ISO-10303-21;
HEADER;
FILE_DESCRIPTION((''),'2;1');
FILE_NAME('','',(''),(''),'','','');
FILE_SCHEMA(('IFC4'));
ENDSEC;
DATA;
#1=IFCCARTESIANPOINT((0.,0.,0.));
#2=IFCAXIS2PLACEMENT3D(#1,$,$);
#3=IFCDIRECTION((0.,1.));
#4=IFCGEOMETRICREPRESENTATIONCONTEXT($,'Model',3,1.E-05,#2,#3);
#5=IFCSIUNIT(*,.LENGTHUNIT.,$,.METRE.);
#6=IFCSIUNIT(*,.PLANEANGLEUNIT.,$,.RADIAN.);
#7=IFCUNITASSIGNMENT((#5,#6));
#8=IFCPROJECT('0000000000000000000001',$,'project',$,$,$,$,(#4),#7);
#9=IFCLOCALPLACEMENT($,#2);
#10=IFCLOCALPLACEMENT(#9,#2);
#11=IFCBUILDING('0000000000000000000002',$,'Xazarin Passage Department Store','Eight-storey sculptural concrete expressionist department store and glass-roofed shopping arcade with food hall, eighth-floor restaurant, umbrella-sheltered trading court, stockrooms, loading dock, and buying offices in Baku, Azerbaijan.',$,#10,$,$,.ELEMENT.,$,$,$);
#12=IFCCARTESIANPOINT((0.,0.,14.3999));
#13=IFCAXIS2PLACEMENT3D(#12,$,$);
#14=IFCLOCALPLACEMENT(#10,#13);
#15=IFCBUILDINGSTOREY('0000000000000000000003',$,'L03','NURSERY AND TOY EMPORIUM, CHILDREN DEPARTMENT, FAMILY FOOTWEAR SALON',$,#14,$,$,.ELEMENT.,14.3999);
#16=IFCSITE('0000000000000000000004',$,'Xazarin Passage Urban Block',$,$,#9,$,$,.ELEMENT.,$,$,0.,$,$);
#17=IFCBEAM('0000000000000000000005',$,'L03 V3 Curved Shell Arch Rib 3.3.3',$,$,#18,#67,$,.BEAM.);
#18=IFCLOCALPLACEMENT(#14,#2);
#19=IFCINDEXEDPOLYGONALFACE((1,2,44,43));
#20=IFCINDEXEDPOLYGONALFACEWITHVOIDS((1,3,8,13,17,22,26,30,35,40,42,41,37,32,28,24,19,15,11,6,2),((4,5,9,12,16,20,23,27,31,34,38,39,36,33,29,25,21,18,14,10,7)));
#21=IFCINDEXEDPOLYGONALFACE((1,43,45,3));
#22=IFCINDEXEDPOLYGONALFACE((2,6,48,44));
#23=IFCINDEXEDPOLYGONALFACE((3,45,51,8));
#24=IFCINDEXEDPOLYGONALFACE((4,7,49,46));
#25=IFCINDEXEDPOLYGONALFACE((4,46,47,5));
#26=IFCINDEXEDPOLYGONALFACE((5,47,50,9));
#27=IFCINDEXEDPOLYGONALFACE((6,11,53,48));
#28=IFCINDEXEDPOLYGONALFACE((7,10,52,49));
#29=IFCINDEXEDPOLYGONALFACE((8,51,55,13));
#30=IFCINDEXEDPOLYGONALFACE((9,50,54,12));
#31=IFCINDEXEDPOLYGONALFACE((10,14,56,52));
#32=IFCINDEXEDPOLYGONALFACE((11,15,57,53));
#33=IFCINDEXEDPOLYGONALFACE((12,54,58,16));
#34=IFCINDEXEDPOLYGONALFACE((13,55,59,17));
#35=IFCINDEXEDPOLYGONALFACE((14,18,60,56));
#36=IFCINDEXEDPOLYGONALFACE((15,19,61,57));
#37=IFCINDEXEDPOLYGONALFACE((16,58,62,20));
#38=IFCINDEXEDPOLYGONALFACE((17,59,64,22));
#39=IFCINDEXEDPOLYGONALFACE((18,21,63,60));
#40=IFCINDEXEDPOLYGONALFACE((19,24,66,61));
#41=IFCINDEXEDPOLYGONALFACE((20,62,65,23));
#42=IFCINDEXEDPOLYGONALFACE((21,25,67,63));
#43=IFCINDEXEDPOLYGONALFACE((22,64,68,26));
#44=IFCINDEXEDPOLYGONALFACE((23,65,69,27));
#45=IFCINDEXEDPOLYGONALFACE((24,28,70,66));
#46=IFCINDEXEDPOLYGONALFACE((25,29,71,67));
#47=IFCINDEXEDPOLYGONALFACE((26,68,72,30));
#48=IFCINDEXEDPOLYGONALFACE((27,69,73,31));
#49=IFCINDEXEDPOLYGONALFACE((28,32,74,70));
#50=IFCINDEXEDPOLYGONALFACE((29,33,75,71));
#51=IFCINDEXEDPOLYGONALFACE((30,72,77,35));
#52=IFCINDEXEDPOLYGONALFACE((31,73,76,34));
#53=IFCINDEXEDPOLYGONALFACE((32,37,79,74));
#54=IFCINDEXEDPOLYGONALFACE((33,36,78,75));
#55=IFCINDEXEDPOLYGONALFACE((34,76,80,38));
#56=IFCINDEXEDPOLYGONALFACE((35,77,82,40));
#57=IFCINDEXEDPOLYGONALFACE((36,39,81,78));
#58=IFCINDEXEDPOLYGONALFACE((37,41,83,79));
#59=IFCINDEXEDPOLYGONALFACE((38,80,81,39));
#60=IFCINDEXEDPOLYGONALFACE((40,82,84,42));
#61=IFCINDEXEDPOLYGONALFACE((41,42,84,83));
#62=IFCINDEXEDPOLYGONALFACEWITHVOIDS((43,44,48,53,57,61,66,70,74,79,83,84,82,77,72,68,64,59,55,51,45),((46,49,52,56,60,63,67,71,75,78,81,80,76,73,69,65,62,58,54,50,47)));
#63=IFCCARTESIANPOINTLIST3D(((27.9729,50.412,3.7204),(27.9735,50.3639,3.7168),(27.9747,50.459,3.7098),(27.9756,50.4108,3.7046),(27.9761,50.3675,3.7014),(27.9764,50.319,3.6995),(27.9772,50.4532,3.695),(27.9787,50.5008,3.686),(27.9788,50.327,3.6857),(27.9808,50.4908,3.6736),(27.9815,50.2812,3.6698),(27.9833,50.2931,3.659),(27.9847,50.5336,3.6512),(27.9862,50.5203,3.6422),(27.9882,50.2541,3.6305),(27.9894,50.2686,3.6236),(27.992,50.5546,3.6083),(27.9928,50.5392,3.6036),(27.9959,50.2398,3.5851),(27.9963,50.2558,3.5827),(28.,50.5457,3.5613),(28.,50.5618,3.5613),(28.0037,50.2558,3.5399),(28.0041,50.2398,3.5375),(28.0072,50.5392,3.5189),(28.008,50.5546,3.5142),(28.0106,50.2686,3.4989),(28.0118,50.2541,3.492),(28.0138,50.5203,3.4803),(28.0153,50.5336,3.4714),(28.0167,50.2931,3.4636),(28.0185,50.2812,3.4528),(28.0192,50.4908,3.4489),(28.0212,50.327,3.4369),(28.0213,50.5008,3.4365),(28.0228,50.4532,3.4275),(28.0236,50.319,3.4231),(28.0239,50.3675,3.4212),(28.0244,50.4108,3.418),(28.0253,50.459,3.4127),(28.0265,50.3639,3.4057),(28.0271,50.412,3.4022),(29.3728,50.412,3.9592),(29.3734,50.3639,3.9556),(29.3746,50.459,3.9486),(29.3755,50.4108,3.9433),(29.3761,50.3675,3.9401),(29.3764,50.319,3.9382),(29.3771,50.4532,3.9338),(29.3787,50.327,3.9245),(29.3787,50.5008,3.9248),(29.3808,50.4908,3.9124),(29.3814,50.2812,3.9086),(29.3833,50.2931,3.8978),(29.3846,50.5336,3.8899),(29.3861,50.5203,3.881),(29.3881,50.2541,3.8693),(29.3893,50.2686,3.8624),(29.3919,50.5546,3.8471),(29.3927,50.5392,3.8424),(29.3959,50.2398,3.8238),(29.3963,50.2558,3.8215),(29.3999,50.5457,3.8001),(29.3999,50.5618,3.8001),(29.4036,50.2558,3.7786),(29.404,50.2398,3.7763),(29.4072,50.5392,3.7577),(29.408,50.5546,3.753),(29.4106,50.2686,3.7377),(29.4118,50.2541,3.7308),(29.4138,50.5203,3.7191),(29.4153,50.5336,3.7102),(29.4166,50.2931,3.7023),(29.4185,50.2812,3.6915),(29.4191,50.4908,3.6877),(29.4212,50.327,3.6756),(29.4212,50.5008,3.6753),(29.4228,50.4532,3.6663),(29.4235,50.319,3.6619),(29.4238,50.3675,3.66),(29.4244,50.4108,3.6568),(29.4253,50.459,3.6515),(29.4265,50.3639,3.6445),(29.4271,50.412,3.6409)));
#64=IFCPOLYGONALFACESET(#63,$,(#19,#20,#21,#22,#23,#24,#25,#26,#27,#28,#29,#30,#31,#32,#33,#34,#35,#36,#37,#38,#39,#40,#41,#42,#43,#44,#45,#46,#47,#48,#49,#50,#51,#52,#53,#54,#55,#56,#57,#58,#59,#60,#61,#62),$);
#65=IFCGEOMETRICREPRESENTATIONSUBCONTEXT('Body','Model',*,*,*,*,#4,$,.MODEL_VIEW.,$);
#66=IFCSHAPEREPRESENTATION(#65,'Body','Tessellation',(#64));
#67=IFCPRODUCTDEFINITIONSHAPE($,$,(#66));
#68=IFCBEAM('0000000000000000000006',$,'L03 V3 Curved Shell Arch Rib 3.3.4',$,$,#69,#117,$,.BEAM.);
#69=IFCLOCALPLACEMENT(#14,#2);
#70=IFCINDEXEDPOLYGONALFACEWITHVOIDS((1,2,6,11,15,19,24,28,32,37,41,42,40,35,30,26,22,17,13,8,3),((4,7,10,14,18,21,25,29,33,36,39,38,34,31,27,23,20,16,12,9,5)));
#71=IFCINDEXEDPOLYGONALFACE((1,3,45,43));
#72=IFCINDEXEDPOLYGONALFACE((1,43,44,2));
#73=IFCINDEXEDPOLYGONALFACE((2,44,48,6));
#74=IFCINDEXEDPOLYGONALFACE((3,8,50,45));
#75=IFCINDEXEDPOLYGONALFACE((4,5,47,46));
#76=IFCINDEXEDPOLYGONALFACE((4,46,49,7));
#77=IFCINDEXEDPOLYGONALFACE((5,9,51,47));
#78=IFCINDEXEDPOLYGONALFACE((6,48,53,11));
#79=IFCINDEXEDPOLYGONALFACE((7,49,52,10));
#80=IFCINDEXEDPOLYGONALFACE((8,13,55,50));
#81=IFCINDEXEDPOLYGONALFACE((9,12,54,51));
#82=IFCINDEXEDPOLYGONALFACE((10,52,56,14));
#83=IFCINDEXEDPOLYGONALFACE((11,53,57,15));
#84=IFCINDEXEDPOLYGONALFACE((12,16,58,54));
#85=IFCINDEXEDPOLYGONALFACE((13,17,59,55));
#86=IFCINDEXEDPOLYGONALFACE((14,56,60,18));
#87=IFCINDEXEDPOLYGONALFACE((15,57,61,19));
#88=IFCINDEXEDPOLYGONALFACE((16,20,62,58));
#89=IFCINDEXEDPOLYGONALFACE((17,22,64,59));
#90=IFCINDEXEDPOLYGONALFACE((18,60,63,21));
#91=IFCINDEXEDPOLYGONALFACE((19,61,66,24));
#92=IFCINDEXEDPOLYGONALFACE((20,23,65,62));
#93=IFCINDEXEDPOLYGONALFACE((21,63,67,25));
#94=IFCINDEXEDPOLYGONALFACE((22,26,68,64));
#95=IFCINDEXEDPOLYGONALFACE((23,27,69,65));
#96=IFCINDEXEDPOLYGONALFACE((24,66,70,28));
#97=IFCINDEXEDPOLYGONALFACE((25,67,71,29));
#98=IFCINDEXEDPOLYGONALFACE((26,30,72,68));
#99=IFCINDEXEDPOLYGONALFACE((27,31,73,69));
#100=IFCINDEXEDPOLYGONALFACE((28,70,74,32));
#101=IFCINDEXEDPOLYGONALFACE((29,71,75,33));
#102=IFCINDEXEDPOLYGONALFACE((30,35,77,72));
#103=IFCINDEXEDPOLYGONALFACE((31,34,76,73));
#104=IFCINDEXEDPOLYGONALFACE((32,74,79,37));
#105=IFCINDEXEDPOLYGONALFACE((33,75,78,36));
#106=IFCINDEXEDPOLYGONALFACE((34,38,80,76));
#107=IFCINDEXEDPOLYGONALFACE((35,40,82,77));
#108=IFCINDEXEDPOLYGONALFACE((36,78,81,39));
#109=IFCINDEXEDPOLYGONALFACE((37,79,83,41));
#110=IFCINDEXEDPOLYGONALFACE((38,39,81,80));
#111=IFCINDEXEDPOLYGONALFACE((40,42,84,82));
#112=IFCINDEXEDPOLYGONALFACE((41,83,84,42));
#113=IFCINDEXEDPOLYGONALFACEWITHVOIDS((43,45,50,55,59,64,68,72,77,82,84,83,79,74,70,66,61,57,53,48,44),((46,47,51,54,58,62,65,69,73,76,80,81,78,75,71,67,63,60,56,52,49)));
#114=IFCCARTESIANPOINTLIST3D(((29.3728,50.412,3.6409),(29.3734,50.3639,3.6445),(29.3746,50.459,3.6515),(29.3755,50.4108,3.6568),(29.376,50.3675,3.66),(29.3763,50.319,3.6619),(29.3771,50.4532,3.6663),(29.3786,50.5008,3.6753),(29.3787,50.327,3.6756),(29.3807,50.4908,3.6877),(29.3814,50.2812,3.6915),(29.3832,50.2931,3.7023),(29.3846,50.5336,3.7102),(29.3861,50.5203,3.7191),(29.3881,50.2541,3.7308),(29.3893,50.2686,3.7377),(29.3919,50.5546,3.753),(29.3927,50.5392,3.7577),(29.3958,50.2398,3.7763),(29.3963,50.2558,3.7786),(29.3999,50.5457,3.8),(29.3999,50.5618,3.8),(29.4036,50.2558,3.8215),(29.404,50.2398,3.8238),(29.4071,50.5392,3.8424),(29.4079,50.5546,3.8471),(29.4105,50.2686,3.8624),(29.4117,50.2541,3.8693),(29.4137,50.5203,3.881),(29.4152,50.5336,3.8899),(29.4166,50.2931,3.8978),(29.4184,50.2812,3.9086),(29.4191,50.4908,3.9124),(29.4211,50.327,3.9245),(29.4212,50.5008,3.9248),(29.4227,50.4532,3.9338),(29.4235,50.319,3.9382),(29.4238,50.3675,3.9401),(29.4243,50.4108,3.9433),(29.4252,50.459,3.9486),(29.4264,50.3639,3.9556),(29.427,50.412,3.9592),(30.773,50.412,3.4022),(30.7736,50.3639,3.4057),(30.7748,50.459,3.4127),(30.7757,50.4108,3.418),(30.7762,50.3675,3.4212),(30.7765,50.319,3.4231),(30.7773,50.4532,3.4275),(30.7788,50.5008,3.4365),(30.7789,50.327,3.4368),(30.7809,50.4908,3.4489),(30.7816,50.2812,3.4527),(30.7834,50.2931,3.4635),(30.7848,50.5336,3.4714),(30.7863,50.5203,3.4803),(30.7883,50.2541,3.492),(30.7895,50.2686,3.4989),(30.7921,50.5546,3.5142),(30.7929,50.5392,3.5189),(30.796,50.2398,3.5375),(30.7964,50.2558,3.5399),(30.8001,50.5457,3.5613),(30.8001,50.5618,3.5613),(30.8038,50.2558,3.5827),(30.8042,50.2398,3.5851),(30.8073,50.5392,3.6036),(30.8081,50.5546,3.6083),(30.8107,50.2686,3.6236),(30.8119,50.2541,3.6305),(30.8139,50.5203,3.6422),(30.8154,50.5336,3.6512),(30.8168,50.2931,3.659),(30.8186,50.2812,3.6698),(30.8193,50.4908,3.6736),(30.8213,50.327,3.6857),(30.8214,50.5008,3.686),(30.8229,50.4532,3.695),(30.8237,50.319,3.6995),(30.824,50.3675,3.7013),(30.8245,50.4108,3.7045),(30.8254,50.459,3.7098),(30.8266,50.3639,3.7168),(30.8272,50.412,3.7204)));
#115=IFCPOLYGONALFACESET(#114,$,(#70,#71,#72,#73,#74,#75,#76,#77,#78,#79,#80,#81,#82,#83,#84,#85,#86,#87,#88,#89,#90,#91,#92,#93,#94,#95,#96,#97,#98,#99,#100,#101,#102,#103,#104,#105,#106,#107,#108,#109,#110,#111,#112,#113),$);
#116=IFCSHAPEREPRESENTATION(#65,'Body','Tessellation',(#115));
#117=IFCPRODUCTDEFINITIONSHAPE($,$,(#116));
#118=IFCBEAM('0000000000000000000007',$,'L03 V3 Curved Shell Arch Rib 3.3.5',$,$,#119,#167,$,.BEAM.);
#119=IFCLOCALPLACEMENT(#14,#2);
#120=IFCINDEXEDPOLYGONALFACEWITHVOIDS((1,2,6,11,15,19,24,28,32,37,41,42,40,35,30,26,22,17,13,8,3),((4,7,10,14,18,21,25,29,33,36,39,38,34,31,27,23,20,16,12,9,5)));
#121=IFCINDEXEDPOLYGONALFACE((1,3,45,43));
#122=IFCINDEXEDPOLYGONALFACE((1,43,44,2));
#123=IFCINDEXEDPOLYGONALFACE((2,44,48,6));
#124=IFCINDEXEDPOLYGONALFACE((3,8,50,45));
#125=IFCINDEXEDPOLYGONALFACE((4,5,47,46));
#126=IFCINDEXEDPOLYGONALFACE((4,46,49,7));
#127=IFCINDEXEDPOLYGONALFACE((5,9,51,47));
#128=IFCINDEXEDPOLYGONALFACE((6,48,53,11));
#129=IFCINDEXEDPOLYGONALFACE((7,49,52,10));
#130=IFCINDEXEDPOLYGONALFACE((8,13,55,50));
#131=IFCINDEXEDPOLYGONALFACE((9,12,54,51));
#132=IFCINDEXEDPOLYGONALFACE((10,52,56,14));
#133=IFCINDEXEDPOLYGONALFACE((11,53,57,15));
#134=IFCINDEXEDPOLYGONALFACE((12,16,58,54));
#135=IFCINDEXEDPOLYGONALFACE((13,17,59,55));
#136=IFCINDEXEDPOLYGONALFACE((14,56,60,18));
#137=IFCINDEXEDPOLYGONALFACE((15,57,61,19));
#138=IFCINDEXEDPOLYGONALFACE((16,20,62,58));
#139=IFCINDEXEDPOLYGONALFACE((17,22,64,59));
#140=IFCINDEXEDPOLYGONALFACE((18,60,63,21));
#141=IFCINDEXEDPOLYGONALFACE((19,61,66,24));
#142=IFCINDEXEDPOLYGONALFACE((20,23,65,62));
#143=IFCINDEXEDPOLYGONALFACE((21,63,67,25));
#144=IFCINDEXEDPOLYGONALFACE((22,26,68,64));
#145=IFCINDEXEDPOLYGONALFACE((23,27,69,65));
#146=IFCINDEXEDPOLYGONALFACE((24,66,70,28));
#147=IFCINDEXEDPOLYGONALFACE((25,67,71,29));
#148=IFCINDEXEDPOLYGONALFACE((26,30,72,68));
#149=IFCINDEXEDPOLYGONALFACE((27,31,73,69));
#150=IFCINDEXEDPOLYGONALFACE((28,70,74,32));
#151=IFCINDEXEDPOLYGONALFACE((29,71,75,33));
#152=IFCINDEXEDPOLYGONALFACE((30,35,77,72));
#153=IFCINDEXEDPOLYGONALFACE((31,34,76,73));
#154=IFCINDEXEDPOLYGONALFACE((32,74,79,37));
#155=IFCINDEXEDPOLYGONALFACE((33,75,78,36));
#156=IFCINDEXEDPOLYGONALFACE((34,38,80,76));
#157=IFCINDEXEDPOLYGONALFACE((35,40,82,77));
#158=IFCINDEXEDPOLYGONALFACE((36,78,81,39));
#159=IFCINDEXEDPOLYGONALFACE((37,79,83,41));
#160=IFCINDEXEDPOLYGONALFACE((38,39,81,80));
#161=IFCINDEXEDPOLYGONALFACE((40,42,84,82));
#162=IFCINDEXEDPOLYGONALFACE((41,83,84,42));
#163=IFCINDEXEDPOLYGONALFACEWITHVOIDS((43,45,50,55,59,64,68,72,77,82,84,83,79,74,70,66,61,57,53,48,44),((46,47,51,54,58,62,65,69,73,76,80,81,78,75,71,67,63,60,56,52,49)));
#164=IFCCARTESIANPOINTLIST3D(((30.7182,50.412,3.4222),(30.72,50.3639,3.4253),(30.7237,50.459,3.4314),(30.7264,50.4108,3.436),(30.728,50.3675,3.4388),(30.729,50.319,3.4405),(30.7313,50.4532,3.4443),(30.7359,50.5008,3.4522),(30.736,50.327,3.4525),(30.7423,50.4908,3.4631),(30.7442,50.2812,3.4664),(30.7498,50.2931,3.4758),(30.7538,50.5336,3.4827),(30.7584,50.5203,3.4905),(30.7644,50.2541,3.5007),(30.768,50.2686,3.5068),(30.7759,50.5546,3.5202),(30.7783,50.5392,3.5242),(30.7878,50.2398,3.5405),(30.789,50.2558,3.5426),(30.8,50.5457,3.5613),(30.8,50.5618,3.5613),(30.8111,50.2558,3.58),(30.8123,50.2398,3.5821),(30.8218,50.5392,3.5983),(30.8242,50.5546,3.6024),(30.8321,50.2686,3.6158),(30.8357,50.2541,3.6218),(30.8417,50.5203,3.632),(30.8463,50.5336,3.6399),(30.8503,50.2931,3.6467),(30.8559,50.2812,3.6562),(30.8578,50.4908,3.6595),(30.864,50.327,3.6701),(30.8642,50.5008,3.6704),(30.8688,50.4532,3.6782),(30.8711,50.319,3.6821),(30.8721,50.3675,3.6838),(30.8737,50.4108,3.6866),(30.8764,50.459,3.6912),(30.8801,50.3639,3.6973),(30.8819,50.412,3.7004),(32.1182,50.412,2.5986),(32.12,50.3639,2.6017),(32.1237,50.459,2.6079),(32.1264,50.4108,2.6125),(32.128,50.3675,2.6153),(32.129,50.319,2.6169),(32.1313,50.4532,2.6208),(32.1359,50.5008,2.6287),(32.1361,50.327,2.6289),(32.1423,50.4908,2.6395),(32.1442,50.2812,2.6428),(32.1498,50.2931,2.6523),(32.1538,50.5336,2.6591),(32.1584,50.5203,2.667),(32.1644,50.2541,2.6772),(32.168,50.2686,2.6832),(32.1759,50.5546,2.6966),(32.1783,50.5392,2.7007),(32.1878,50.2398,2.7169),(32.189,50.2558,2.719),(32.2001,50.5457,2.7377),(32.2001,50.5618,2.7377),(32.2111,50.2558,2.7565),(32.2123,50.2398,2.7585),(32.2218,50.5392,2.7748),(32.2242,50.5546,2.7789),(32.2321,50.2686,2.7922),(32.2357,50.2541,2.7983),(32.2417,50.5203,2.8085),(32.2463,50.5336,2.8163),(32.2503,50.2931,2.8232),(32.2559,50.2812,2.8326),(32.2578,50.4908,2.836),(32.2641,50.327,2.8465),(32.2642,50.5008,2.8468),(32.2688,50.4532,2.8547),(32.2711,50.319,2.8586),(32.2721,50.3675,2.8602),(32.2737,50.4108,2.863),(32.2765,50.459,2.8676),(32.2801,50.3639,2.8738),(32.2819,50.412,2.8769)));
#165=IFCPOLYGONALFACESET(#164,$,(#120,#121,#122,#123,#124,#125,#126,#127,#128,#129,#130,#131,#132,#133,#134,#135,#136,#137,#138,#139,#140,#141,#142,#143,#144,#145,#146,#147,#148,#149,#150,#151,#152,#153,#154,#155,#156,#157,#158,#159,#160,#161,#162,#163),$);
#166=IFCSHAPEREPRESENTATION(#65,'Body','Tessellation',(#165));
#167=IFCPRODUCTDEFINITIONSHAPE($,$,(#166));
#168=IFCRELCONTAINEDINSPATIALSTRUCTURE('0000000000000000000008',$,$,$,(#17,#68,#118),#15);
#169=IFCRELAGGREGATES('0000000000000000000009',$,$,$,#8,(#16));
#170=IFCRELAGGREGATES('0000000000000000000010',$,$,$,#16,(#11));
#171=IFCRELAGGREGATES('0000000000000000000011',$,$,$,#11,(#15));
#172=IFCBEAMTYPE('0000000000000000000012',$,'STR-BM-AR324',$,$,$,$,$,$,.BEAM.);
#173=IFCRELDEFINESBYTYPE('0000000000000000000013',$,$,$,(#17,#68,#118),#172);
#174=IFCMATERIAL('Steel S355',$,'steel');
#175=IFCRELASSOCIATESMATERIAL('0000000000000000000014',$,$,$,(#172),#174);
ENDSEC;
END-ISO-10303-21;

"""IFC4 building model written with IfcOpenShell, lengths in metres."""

from ifc_helpers import new_model, si_unit, direction, frame, origin, origin_2d, place, context, subcontext, project, spatial, hollow_circle, extrude, material, material_profile, profile_set, type_object, element, save


model = new_model("IFC4")

# Units and contexts
model_context = context("Model", 3, precision=1e-05, world=origin(), true_north=direction((0.0, 1.0)))
body_context = subcontext(model_context, "Body", "Model", "MODEL_VIEW")
ifc_project = project(units=[si_unit("LENGTHUNIT", "METRE"), si_unit("PLANEANGLEUNIT", "RADIAN")], contexts=[model_context])

# Site, building, storey
site_placement = place(None, origin())
site = spatial("IfcSite", under=ifc_project, at=site_placement, Name="Xazarin Passage Urban Block", CompositionType="ELEMENT", RefElevation=0.0)
building_placement = place(site_placement, origin())
building = spatial("IfcBuilding", under=site, at=building_placement, Name="Xazarin Passage Department Store", Description="Eight-storey sculptural concrete expressionist department store and glass-roofed shopping arcade with food hall, eighth-floor restaurant, umbrella-sheltered trading court, stockrooms, loading dock, and buying offices in Baku, Azerbaijan.", CompositionType="ELEMENT")
storey_placement = place(building_placement, frame((0.0, 0.0, 14.3999)))
storey = spatial("IfcBuildingStorey", under=building, at=storey_placement, Name="L03", Description="NURSERY AND TOY EMPORIUM, CHILDREN DEPARTMENT, FAMILY FOOTWEAR SALON", CompositionType="ELEMENT", Elevation=14.3999)

# Beams
ifc_material_1 = material(Name="Steel S355", Category="steel")
ifc_material_profile_1 = material_profile(ifc_material_1, hollow_circle(Radius=0.1619, WallThickness=0.0161, at=origin_2d()), Name="CHS 323.9x16")
ifc_profile_set_1 = profile_set([ifc_material_profile_1], Name="Steel S355")
beam_type_1 = type_object("IfcBeamType", Name="STR-BM-AR324", PredefinedType="BEAM", material=ifc_profile_set_1)
beam_1_placement = place(storey_placement, frame((28.0, 50.3999, 3.5613), z_axis=(0.985764, 0.0, 0.168133), x_axis=(0.0, 1.0, 0.0)))
element("IfcBeam", 1, at=beam_1_placement, inside=storey, type_object=beam_type_1, Name="L03 V3 Curved Shell Arch Rib 3.3.3", PredefinedType="BEAM", context=body_context, shape_type="SweptSolid", body=[
    extrude(hollow_circle(Radius=0.1619, WallThickness=0.0161, at=origin_2d()), origin(), (0.0, 0.0, 1.0), 1.4202),
])
beam_2_placement = place(storey_placement, frame((29.3999, 50.3999, 3.8), z_axis=(0.985769, 0.0, -0.168105), x_axis=(0.0, 1.0, 0.0)))
element("IfcBeam", 2, at=beam_2_placement, inside=storey, type_object=beam_type_1, Name="L03 V3 Curved Shell Arch Rib 3.3.4", PredefinedType="BEAM", context=body_context, shape_type="SweptSolid", body=[
    extrude(hollow_circle(Radius=0.1619, WallThickness=0.0161, at=origin_2d()), origin(), (0.0, 0.0, 1.0), 1.4204),
])
beam_3_placement = place(storey_placement, frame((30.8, 50.3999, 3.5613), z_axis=(0.86193, 0.0, -0.507027), x_axis=(0.0, 1.0, 0.0)))
element("IfcBeam", 3, at=beam_3_placement, inside=storey, type_object=beam_type_1, Name="L03 V3 Curved Shell Arch Rib 3.3.5", PredefinedType="BEAM", context=body_context, shape_type="SweptSolid", body=[
    extrude(hollow_circle(Radius=0.1619, WallThickness=0.0161, at=origin_2d()), origin(), (0.0, 0.0, 1.0), 1.6243),
])

save(model, "model.ifc")
